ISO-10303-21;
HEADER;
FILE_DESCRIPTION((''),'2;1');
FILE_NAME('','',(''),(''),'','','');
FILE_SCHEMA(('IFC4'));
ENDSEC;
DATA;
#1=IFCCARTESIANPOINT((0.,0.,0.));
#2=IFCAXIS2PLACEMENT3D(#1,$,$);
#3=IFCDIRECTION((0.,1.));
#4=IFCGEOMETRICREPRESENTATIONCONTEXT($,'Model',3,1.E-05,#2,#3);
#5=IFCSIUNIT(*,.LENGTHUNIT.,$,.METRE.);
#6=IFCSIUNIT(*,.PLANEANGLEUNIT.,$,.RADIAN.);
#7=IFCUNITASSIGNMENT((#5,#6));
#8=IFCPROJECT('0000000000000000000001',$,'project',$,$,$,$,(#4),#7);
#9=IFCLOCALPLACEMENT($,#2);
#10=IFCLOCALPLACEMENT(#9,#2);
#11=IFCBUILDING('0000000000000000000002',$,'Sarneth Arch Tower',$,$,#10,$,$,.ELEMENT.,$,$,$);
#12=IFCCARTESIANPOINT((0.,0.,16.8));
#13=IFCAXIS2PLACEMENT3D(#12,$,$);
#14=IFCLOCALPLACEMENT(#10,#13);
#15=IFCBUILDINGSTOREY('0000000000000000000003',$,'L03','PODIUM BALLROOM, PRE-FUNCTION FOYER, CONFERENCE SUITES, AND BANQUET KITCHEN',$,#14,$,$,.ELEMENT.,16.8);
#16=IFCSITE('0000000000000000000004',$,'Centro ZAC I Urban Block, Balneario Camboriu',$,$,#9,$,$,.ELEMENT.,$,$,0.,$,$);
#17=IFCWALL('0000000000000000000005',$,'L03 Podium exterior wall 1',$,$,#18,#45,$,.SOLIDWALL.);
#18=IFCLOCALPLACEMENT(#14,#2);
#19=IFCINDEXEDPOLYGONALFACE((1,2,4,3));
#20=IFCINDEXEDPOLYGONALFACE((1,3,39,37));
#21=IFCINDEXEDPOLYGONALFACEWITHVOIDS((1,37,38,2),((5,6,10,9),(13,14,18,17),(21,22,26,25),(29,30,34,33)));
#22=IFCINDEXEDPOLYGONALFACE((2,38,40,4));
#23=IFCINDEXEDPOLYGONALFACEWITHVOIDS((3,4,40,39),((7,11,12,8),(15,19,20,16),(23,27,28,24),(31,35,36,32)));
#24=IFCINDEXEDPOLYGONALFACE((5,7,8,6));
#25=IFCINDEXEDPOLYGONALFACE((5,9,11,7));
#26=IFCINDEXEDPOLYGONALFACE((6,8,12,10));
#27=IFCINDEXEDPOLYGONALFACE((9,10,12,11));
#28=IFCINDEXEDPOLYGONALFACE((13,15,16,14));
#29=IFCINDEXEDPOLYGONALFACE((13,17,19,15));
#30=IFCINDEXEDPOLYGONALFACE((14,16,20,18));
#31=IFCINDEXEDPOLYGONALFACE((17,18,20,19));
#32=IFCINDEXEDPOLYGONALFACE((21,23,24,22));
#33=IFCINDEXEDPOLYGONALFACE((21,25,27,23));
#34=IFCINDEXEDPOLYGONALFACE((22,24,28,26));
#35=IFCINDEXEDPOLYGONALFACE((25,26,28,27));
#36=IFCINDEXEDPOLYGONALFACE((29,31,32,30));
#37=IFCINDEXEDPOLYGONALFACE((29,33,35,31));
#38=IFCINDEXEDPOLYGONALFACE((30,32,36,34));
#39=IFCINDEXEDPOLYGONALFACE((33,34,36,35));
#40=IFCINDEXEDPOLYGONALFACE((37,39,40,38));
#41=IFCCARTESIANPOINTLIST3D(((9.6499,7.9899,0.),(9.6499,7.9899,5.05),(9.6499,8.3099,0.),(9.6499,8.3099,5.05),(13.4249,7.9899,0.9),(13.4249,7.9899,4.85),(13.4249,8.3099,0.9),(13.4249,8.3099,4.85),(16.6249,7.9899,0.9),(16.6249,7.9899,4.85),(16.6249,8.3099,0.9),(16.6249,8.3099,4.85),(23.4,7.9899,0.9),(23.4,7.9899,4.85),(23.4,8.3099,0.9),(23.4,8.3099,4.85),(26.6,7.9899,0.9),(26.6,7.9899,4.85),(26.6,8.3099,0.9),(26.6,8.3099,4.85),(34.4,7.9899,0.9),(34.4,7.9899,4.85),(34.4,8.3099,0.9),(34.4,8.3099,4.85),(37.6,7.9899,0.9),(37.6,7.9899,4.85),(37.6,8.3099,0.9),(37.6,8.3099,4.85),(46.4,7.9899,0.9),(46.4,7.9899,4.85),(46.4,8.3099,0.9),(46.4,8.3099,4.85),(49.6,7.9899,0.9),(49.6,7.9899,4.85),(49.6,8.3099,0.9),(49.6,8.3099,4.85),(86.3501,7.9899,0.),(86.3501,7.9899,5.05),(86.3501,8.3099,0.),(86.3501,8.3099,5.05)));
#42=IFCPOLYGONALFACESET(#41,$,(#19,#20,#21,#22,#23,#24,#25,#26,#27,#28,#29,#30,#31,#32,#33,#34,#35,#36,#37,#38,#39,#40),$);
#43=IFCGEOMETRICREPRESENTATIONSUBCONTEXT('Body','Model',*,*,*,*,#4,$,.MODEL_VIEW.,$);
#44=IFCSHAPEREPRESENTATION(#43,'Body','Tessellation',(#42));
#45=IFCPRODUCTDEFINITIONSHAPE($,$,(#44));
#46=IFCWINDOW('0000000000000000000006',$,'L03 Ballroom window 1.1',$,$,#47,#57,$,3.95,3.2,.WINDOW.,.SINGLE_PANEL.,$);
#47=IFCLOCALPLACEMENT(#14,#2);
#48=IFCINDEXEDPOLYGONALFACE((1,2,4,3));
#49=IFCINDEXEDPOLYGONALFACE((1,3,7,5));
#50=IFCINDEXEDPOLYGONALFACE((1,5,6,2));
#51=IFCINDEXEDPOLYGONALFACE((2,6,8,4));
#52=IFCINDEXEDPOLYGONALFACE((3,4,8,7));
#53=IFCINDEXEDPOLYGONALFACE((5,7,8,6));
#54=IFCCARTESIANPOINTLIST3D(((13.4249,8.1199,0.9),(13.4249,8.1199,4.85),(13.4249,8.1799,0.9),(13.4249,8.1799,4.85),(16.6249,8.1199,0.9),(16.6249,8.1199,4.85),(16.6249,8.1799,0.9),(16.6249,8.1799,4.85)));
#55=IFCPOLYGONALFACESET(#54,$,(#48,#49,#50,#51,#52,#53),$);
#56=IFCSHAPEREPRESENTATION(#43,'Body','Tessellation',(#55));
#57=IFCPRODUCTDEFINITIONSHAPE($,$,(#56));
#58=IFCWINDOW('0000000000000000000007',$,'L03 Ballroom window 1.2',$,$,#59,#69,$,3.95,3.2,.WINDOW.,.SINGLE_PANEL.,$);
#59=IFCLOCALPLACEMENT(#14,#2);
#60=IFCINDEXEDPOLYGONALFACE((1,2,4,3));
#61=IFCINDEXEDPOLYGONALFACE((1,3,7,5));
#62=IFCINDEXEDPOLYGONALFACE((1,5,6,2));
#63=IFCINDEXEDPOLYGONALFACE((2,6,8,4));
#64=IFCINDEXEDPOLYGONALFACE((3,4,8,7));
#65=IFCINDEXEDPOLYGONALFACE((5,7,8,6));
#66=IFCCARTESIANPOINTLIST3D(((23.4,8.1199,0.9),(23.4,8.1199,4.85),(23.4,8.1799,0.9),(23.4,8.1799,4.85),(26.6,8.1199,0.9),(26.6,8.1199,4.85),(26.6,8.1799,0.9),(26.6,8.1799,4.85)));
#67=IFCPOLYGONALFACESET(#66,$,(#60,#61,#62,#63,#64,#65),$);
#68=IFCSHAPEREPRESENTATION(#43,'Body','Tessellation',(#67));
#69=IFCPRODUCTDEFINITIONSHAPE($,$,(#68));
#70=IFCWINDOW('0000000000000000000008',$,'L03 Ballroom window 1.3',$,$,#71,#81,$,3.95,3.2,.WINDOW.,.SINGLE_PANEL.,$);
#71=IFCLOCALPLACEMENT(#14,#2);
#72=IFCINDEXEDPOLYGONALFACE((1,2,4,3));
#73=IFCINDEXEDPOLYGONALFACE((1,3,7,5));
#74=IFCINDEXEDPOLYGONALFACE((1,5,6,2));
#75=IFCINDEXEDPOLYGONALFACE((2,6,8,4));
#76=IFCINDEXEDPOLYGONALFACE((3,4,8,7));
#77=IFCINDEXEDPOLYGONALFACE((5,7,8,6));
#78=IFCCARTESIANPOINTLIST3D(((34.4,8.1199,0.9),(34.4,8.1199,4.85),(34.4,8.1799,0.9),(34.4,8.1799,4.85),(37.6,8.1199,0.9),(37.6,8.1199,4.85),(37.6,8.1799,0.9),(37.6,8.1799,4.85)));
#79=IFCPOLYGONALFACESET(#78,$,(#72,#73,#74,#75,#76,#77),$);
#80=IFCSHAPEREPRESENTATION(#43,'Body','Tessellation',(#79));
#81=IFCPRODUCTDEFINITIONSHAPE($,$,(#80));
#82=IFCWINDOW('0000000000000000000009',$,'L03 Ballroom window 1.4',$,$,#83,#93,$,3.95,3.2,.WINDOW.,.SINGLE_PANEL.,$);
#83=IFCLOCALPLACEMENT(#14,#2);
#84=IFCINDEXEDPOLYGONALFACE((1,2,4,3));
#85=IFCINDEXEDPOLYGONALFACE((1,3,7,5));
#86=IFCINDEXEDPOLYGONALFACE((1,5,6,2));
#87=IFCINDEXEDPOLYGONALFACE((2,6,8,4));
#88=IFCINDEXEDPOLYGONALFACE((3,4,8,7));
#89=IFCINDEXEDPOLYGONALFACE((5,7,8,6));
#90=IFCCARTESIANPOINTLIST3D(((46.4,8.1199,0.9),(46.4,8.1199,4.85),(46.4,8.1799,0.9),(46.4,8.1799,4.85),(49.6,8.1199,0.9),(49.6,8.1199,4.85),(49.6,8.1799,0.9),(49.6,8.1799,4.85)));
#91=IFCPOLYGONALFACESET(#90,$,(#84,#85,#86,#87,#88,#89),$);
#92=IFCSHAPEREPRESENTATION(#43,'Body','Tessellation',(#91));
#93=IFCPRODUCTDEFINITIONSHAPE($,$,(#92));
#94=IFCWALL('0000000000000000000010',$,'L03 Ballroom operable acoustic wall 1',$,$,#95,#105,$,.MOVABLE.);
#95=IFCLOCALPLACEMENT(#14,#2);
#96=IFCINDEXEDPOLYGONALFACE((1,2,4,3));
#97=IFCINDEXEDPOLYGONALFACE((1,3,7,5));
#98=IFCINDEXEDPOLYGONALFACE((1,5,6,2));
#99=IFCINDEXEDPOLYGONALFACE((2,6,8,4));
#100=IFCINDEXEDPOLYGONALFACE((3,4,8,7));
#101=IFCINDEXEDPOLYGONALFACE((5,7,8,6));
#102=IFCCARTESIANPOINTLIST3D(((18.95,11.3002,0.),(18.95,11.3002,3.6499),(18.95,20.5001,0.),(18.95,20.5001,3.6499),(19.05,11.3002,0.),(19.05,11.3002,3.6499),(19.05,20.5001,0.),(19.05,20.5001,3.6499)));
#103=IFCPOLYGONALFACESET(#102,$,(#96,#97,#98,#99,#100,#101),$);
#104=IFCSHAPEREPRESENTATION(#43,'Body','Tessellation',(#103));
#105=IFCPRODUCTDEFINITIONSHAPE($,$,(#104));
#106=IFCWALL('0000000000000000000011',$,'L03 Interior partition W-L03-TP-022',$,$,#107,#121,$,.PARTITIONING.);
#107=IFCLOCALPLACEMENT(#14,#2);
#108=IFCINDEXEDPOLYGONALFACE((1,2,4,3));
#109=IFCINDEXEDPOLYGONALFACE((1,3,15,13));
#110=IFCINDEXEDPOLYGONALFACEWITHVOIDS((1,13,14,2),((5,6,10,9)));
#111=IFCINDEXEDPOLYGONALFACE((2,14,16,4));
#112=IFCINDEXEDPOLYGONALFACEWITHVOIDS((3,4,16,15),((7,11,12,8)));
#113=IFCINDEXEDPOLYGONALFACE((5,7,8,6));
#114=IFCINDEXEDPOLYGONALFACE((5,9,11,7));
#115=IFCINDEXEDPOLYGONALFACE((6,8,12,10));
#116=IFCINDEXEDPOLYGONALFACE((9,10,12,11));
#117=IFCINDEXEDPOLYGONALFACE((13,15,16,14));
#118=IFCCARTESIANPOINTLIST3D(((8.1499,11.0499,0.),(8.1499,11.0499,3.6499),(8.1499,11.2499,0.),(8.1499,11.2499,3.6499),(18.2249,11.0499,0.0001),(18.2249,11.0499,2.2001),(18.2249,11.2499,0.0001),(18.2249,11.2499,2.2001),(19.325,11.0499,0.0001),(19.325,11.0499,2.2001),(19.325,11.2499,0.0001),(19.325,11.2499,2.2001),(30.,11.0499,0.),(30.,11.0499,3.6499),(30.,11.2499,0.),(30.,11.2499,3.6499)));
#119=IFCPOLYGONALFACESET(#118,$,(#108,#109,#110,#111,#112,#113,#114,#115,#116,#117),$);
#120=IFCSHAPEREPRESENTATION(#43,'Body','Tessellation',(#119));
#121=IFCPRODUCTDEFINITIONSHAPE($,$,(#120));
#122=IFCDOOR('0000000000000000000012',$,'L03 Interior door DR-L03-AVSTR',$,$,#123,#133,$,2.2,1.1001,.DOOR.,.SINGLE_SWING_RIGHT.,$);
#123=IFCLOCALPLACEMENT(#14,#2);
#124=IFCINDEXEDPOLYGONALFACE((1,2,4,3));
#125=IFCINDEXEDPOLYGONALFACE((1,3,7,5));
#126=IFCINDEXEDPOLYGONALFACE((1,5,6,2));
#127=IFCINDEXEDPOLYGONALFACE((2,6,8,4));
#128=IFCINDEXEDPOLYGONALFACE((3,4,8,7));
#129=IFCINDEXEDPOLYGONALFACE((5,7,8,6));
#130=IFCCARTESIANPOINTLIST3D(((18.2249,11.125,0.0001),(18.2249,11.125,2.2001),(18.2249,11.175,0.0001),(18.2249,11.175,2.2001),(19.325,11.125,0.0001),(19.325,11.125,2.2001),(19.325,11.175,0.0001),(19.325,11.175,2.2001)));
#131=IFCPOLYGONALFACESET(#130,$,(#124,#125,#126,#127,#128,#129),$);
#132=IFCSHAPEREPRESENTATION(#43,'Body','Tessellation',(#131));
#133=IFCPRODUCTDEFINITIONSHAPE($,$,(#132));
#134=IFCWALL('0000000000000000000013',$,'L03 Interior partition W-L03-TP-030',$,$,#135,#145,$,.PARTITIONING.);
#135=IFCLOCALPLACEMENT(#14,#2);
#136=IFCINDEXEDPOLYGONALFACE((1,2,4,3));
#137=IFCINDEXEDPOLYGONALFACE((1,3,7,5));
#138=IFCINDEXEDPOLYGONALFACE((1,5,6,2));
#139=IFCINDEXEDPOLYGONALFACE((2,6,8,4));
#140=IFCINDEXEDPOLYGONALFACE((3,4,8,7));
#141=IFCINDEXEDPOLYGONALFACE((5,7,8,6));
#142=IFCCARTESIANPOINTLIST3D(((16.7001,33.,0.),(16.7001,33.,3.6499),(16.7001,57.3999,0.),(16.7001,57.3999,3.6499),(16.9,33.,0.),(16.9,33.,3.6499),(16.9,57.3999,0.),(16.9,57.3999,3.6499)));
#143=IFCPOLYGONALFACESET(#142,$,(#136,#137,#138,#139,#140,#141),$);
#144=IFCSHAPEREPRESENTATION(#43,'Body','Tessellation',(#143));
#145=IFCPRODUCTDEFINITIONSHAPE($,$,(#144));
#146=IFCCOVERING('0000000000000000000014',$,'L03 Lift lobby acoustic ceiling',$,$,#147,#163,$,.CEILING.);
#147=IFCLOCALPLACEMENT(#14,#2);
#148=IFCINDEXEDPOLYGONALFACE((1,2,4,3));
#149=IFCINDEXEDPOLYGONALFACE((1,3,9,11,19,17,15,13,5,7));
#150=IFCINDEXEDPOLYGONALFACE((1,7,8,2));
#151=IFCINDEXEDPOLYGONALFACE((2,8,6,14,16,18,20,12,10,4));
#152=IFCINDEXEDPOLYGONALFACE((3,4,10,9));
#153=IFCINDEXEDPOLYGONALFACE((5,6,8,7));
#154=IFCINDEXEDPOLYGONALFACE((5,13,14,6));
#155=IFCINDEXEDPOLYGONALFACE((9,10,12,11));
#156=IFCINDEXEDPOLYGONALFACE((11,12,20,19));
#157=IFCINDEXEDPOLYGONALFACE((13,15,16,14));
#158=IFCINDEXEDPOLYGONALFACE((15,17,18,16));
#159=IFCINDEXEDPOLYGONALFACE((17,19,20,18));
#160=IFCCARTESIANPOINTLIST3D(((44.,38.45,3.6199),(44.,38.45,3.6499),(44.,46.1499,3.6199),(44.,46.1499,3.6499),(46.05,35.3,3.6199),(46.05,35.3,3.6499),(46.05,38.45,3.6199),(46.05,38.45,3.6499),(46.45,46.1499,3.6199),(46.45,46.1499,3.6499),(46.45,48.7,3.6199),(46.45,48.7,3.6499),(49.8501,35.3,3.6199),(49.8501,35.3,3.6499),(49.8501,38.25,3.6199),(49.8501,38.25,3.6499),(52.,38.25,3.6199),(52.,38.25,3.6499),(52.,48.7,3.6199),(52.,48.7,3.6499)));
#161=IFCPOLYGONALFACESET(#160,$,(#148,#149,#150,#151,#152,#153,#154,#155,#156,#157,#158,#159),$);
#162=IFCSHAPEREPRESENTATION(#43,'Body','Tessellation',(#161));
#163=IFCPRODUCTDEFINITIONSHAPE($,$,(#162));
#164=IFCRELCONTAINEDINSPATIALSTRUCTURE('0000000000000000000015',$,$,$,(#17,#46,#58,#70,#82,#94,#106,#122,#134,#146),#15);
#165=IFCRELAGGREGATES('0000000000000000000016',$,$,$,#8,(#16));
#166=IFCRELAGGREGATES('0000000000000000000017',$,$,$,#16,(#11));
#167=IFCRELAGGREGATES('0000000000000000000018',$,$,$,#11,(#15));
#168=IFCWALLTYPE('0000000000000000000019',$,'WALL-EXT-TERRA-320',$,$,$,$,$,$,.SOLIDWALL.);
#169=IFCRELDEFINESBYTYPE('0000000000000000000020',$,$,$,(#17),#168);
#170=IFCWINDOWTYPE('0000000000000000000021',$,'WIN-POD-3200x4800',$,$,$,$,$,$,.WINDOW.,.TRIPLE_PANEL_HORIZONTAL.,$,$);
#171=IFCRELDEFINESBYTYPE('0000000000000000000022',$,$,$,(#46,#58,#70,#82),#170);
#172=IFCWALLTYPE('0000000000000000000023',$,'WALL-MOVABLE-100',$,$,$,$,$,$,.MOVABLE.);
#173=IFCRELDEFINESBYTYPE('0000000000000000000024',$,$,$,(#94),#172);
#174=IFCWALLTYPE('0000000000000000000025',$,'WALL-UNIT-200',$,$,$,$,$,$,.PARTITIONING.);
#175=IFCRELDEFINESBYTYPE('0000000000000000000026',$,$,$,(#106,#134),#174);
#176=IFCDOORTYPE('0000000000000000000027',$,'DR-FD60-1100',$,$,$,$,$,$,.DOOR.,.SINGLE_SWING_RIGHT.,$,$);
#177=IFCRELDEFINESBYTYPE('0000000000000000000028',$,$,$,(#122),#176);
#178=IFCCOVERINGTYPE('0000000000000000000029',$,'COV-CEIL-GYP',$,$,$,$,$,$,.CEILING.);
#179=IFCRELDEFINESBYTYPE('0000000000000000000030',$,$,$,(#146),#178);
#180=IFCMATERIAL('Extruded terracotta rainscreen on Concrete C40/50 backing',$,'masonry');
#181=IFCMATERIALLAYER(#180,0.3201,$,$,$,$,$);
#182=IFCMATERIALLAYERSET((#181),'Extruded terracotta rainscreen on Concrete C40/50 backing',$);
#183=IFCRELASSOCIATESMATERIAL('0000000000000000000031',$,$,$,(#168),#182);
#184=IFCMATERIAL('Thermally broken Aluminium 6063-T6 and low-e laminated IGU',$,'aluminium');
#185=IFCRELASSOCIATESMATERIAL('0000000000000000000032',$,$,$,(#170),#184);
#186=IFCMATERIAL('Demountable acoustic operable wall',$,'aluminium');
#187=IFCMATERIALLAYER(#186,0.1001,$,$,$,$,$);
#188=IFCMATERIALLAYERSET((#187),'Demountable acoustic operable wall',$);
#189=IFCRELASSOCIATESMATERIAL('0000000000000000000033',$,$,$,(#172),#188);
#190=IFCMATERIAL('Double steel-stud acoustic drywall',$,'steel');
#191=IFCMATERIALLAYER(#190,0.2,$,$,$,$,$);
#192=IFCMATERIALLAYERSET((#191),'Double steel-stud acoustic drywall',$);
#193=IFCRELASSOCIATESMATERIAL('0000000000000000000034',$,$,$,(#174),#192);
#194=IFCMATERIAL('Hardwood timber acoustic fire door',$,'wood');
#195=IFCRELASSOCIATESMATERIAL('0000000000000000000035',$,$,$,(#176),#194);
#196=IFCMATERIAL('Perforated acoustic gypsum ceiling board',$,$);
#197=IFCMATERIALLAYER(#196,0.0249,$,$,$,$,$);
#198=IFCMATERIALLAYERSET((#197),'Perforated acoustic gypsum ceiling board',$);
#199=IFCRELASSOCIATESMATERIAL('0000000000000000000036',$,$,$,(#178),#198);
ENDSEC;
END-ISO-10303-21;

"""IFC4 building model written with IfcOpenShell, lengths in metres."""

from ifc_helpers import new_model, si_unit, direction, frame, frame_2d, origin, place, context, subcontext, project, spatial, polyline, rectangle, outline, extrude, material, layer, layer_set, type_object, element, fill, save


model = new_model("IFC4")

# Units and contexts
model_context = context("Model", 3, precision=1e-05, world=origin(), true_north=direction((0.0, 1.0)))
body_context = subcontext(model_context, "Body", "Model", "MODEL_VIEW")
ifc_project = project(units=[si_unit("LENGTHUNIT", "METRE"), si_unit("PLANEANGLEUNIT", "RADIAN")], contexts=[model_context])

# Site, building, storey
site_placement = place(None, origin())
site = spatial("IfcSite", under=ifc_project, at=site_placement, Name="Centro ZAC I Urban Block, Balneario Camboriu", CompositionType="ELEMENT", RefElevation=0.0)
building_placement = place(site_placement, origin())
building = spatial("IfcBuilding", under=site, at=building_placement, Name="Sarneth Arch Tower", CompositionType="ELEMENT")
storey_placement = place(building_placement, frame((0.0, 0.0, 16.8)))
storey = spatial("IfcBuildingStorey", under=building, at=storey_placement, Name="L03", Description="PODIUM BALLROOM, PRE-FUNCTION FOYER, CONFERENCE SUITES, AND BANQUET KITCHEN", CompositionType="ELEMENT", Elevation=16.8)

# Wall, openings, windows
ifc_material_1 = material(Name="Extruded terracotta rainscreen on Concrete C40/50 backing", Category="masonry")
ifc_layer_1 = layer(ifc_material_1, 0.3201)
ifc_layer_set_1 = layer_set([ifc_layer_1], Name="Extruded terracotta rainscreen on Concrete C40/50 backing")
wall_type_1 = type_object("IfcWallType", Name="WALL-EXT-TERRA-320", PredefinedType="SOLIDWALL", material=ifc_layer_set_1)
wall_1_placement = place(storey_placement, frame((9.6499, 8.1499, 0.0), z_axis=(0.0, 0.0, 1.0), x_axis=(1.0, 0.0, 0.0)))
wall_1 = element("IfcWall", 1, at=wall_1_placement, inside=storey, type_object=wall_type_1, Name="L03 Podium exterior wall 1", PredefinedType="SOLIDWALL", context=body_context, shape_type="SweptSolid", body=[
    extrude(rectangle(XDim=76.7002, YDim=0.3201, at=frame_2d((38.3501, 0.0))), origin(), (0.0, 0.0, 1.0), 5.05),
])
opening_1_placement = place(wall_1_placement, frame((3.7749, 0.0, 0.8999)))
opening_1 = element("IfcOpeningElement", 2, at=opening_1_placement, cuts=wall_1, PredefinedType="OPENING", context=body_context, shape_type="SweptSolid", body=[
    extrude(rectangle(XDim=3.2, YDim=3.95, at=frame_2d((1.6001, 1.9751))), frame((0.0, 0.1699, 0.0), z_axis=(0.0, -1.0, 0.0), x_axis=(1.0, 0.0, 0.0)), (0.0, 0.0, 1.0), 0.3401),
])
opening_2_placement = place(wall_1_placement, frame((13.75, 0.0, 0.8999)))
opening_2 = element("IfcOpeningElement", 3, at=opening_2_placement, cuts=wall_1, PredefinedType="OPENING", context=body_context, shape_type="SweptSolid", body=[
    extrude(rectangle(XDim=3.2, YDim=3.95, at=frame_2d((1.6001, 1.9751))), frame((0.0, 0.1699, 0.0), z_axis=(0.0, -1.0, 0.0), x_axis=(1.0, 0.0, 0.0)), (0.0, 0.0, 1.0), 0.3401),
])
opening_3_placement = place(wall_1_placement, frame((24.75, 0.0, 0.8999)))
opening_3 = element("IfcOpeningElement", 4, at=opening_3_placement, cuts=wall_1, PredefinedType="OPENING", context=body_context, shape_type="SweptSolid", body=[
    extrude(rectangle(XDim=3.2, YDim=3.95, at=frame_2d((1.6001, 1.9751))), frame((0.0, 0.1699, 0.0), z_axis=(0.0, -1.0, 0.0), x_axis=(1.0, 0.0, 0.0)), (0.0, 0.0, 1.0), 0.3401),
])
opening_4_placement = place(wall_1_placement, frame((36.75, 0.0, 0.8999)))
opening_4 = element("IfcOpeningElement", 5, at=opening_4_placement, cuts=wall_1, PredefinedType="OPENING", context=body_context, shape_type="SweptSolid", body=[
    extrude(rectangle(XDim=3.2, YDim=3.95, at=frame_2d((1.6001, 1.9751))), frame((0.0, 0.1699, 0.0), z_axis=(0.0, -1.0, 0.0), x_axis=(1.0, 0.0, 0.0)), (0.0, 0.0, 1.0), 0.3401),
])
ifc_material_2 = material(Name="Thermally broken Aluminium 6063-T6 and low-e laminated IGU", Category="aluminium")
window_type = type_object("IfcWindowType", Name="WIN-POD-3200x4800", PartitioningType="TRIPLE_PANEL_HORIZONTAL", PredefinedType="WINDOW", material=ifc_material_2)
window_1_placement = place(opening_1_placement, origin())
window_1 = element("IfcWindow", 6, at=window_1_placement, inside=storey, type_object=window_type, Name="L03 Ballroom window 1.1", OverallHeight=3.95, OverallWidth=3.2, PartitioningType="SINGLE_PANEL", PredefinedType="WINDOW", context=body_context, shape_type="SweptSolid", body=[
    extrude(rectangle(XDim=3.2, YDim=3.95, at=frame_2d((1.6001, 1.9751))), frame((0.0, 0.03, 0.0), z_axis=(0.0, -1.0, 0.0), x_axis=(1.0, 0.0, 0.0)), (0.0, 0.0, 1.0), 0.0601),
])
fill(opening_1, window_1)
window_2_placement = place(opening_2_placement, origin())
window_2 = element("IfcWindow", 7, at=window_2_placement, inside=storey, type_object=window_type, Name="L03 Ballroom window 1.2", OverallHeight=3.95, OverallWidth=3.2, PartitioningType="SINGLE_PANEL", PredefinedType="WINDOW", context=body_context, shape_type="SweptSolid", body=[
    extrude(rectangle(XDim=3.2, YDim=3.95, at=frame_2d((1.6001, 1.9751))), frame((0.0, 0.03, 0.0), z_axis=(0.0, -1.0, 0.0), x_axis=(1.0, 0.0, 0.0)), (0.0, 0.0, 1.0), 0.0601),
])
fill(opening_2, window_2)
window_3_placement = place(opening_3_placement, origin())
window_3 = element("IfcWindow", 8, at=window_3_placement, inside=storey, type_object=window_type, Name="L03 Ballroom window 1.3", OverallHeight=3.95, OverallWidth=3.2, PartitioningType="SINGLE_PANEL", PredefinedType="WINDOW", context=body_context, shape_type="SweptSolid", body=[
    extrude(rectangle(XDim=3.2, YDim=3.95, at=frame_2d((1.6001, 1.9751))), frame((0.0, 0.03, 0.0), z_axis=(0.0, -1.0, 0.0), x_axis=(1.0, 0.0, 0.0)), (0.0, 0.0, 1.0), 0.0601),
])
fill(opening_3, window_3)
window_4_placement = place(opening_4_placement, origin())
window_4 = element("IfcWindow", 9, at=window_4_placement, inside=storey, type_object=window_type, Name="L03 Ballroom window 1.4", OverallHeight=3.95, OverallWidth=3.2, PartitioningType="SINGLE_PANEL", PredefinedType="WINDOW", context=body_context, shape_type="SweptSolid", body=[
    extrude(rectangle(XDim=3.2, YDim=3.95, at=frame_2d((1.6001, 1.9751))), frame((0.0, 0.03, 0.0), z_axis=(0.0, -1.0, 0.0), x_axis=(1.0, 0.0, 0.0)), (0.0, 0.0, 1.0), 0.0601),
])
fill(opening_4, window_4)

# Wall
ifc_material_3 = material(Name="Demountable acoustic operable wall", Category="aluminium")
ifc_layer_2 = layer(ifc_material_3, 0.1001)
ifc_layer_set_2 = layer_set([ifc_layer_2], Name="Demountable acoustic operable wall")
wall_type_2 = type_object("IfcWallType", Name="WALL-MOVABLE-100", PredefinedType="MOVABLE", material=ifc_layer_set_2)
wall_2_placement = place(storey_placement, frame((19.0, 11.3, 0.0), z_axis=(0.0, 0.0, 1.0), x_axis=(0.0, 1.0, 0.0)))
element("IfcWall", 10, at=wall_2_placement, inside=storey, type_object=wall_type_2, Name="L03 Ballroom operable acoustic wall 1", PredefinedType="MOVABLE", context=body_context, shape_type="SweptSolid", body=[
    extrude(rectangle(XDim=9.2, YDim=0.1001, at=frame_2d((4.6001, 0.0))), origin(), (0.0, 0.0, 1.0), 3.6499),
])

# Wall, opening, door
ifc_material_4 = material(Name="Double steel-stud acoustic drywall", Category="steel")
ifc_layer_3 = layer(ifc_material_4, 0.2)
ifc_layer_set_3 = layer_set([ifc_layer_3], Name="Double steel-stud acoustic drywall")
wall_type_3 = type_object("IfcWallType", Name="WALL-UNIT-200", PredefinedType="PARTITIONING", material=ifc_layer_set_3)
wall_3_placement = place(storey_placement, frame((30.0, 11.1499, 0.0), z_axis=(0.0, 0.0, 1.0), x_axis=(-1.0, 0.0, 0.0)))
wall_3 = element("IfcWall", 11, at=wall_3_placement, inside=storey, type_object=wall_type_3, Name="L03 Interior partition W-L03-TP-022", PredefinedType="PARTITIONING", context=body_context, shape_type="SweptSolid", body=[
    extrude(rectangle(XDim=21.8501, YDim=0.2, at=frame_2d((10.925, 0.0))), origin(), (0.0, 0.0, 1.0), 3.6499),
])
opening_5_placement = place(wall_3_placement, frame((10.675, 0.0, 0.0)))
opening_5 = element("IfcOpeningElement", 12, at=opening_5_placement, cuts=wall_3, PredefinedType="OPENING", context=body_context, shape_type="SweptSolid", body=[
    extrude(rectangle(XDim=1.1001, YDim=2.2, at=frame_2d((0.55, 1.1001))), frame((0.0, 0.1099, 0.0), z_axis=(0.0, -1.0, 0.0), x_axis=(1.0, 0.0, 0.0)), (0.0, 0.0, 1.0), 0.22),
])
ifc_material_5 = material(Name="Hardwood timber acoustic fire door", Category="wood")
door_type = type_object("IfcDoorType", Name="DR-FD60-1100", OperationType="SINGLE_SWING_RIGHT", PredefinedType="DOOR", material=ifc_material_5)
door_placement = place(opening_5_placement, origin())
door = element("IfcDoor", 13, at=door_placement, inside=storey, type_object=door_type, Name="L03 Interior door DR-L03-AVSTR", OperationType="SINGLE_SWING_RIGHT", OverallHeight=2.2, OverallWidth=1.1001, PredefinedType="DOOR", context=body_context, shape_type="SweptSolid", body=[
    extrude(rectangle(XDim=1.1001, YDim=2.2, at=frame_2d((0.55, 1.1001))), frame((0.0, 0.0249, 0.0), z_axis=(0.0, -1.0, 0.0), x_axis=(1.0, 0.0, 0.0)), (0.0, 0.0, 1.0), 0.05),
])
fill(opening_5, door)

# Wall
wall_4_placement = place(storey_placement, frame((16.8, 33.0, 0.0), z_axis=(0.0, 0.0, 1.0), x_axis=(0.0, 1.0, 0.0)))
element("IfcWall", 14, at=wall_4_placement, inside=storey, type_object=wall_type_3, Name="L03 Interior partition W-L03-TP-030", PredefinedType="PARTITIONING", context=body_context, shape_type="SweptSolid", body=[
    extrude(rectangle(XDim=24.3999, YDim=0.2, at=frame_2d((12.2, 0.0))), origin(), (0.0, 0.0, 1.0), 3.6499),
])

# Covering
ifc_material_6 = material(Name="Perforated acoustic gypsum ceiling board")
ifc_layer_4 = layer(ifc_material_6, 0.0249)
ifc_layer_set_4 = layer_set([ifc_layer_4], Name="Perforated acoustic gypsum ceiling board")
covering_type_1 = type_object("IfcCoveringType", Name="COV-CEIL-GYP", PredefinedType="CEILING", material=ifc_layer_set_4)
covering_1_placement = place(storey_placement, frame((0.0, 0.0, 3.6199)))
element("IfcCovering", 15, at=covering_1_placement, inside=storey, type_object=covering_type_1, Name="L03 Lift lobby acoustic ceiling", PredefinedType="CEILING", context=body_context, shape_type="SweptSolid", body=[
    extrude(outline(polyline([(49.8501, 38.25), (49.8501, 35.3), (46.05, 35.3), (46.05, 38.45), (44.0, 38.45), (44.0, 46.1499), (46.45, 46.1499), (46.45, 48.7), (52.0, 48.7), (52.0, 38.25), (49.8501, 38.25)])), origin(), (0.0, 0.0, 1.0), 0.03),
])

save(model, "model.ifc")
